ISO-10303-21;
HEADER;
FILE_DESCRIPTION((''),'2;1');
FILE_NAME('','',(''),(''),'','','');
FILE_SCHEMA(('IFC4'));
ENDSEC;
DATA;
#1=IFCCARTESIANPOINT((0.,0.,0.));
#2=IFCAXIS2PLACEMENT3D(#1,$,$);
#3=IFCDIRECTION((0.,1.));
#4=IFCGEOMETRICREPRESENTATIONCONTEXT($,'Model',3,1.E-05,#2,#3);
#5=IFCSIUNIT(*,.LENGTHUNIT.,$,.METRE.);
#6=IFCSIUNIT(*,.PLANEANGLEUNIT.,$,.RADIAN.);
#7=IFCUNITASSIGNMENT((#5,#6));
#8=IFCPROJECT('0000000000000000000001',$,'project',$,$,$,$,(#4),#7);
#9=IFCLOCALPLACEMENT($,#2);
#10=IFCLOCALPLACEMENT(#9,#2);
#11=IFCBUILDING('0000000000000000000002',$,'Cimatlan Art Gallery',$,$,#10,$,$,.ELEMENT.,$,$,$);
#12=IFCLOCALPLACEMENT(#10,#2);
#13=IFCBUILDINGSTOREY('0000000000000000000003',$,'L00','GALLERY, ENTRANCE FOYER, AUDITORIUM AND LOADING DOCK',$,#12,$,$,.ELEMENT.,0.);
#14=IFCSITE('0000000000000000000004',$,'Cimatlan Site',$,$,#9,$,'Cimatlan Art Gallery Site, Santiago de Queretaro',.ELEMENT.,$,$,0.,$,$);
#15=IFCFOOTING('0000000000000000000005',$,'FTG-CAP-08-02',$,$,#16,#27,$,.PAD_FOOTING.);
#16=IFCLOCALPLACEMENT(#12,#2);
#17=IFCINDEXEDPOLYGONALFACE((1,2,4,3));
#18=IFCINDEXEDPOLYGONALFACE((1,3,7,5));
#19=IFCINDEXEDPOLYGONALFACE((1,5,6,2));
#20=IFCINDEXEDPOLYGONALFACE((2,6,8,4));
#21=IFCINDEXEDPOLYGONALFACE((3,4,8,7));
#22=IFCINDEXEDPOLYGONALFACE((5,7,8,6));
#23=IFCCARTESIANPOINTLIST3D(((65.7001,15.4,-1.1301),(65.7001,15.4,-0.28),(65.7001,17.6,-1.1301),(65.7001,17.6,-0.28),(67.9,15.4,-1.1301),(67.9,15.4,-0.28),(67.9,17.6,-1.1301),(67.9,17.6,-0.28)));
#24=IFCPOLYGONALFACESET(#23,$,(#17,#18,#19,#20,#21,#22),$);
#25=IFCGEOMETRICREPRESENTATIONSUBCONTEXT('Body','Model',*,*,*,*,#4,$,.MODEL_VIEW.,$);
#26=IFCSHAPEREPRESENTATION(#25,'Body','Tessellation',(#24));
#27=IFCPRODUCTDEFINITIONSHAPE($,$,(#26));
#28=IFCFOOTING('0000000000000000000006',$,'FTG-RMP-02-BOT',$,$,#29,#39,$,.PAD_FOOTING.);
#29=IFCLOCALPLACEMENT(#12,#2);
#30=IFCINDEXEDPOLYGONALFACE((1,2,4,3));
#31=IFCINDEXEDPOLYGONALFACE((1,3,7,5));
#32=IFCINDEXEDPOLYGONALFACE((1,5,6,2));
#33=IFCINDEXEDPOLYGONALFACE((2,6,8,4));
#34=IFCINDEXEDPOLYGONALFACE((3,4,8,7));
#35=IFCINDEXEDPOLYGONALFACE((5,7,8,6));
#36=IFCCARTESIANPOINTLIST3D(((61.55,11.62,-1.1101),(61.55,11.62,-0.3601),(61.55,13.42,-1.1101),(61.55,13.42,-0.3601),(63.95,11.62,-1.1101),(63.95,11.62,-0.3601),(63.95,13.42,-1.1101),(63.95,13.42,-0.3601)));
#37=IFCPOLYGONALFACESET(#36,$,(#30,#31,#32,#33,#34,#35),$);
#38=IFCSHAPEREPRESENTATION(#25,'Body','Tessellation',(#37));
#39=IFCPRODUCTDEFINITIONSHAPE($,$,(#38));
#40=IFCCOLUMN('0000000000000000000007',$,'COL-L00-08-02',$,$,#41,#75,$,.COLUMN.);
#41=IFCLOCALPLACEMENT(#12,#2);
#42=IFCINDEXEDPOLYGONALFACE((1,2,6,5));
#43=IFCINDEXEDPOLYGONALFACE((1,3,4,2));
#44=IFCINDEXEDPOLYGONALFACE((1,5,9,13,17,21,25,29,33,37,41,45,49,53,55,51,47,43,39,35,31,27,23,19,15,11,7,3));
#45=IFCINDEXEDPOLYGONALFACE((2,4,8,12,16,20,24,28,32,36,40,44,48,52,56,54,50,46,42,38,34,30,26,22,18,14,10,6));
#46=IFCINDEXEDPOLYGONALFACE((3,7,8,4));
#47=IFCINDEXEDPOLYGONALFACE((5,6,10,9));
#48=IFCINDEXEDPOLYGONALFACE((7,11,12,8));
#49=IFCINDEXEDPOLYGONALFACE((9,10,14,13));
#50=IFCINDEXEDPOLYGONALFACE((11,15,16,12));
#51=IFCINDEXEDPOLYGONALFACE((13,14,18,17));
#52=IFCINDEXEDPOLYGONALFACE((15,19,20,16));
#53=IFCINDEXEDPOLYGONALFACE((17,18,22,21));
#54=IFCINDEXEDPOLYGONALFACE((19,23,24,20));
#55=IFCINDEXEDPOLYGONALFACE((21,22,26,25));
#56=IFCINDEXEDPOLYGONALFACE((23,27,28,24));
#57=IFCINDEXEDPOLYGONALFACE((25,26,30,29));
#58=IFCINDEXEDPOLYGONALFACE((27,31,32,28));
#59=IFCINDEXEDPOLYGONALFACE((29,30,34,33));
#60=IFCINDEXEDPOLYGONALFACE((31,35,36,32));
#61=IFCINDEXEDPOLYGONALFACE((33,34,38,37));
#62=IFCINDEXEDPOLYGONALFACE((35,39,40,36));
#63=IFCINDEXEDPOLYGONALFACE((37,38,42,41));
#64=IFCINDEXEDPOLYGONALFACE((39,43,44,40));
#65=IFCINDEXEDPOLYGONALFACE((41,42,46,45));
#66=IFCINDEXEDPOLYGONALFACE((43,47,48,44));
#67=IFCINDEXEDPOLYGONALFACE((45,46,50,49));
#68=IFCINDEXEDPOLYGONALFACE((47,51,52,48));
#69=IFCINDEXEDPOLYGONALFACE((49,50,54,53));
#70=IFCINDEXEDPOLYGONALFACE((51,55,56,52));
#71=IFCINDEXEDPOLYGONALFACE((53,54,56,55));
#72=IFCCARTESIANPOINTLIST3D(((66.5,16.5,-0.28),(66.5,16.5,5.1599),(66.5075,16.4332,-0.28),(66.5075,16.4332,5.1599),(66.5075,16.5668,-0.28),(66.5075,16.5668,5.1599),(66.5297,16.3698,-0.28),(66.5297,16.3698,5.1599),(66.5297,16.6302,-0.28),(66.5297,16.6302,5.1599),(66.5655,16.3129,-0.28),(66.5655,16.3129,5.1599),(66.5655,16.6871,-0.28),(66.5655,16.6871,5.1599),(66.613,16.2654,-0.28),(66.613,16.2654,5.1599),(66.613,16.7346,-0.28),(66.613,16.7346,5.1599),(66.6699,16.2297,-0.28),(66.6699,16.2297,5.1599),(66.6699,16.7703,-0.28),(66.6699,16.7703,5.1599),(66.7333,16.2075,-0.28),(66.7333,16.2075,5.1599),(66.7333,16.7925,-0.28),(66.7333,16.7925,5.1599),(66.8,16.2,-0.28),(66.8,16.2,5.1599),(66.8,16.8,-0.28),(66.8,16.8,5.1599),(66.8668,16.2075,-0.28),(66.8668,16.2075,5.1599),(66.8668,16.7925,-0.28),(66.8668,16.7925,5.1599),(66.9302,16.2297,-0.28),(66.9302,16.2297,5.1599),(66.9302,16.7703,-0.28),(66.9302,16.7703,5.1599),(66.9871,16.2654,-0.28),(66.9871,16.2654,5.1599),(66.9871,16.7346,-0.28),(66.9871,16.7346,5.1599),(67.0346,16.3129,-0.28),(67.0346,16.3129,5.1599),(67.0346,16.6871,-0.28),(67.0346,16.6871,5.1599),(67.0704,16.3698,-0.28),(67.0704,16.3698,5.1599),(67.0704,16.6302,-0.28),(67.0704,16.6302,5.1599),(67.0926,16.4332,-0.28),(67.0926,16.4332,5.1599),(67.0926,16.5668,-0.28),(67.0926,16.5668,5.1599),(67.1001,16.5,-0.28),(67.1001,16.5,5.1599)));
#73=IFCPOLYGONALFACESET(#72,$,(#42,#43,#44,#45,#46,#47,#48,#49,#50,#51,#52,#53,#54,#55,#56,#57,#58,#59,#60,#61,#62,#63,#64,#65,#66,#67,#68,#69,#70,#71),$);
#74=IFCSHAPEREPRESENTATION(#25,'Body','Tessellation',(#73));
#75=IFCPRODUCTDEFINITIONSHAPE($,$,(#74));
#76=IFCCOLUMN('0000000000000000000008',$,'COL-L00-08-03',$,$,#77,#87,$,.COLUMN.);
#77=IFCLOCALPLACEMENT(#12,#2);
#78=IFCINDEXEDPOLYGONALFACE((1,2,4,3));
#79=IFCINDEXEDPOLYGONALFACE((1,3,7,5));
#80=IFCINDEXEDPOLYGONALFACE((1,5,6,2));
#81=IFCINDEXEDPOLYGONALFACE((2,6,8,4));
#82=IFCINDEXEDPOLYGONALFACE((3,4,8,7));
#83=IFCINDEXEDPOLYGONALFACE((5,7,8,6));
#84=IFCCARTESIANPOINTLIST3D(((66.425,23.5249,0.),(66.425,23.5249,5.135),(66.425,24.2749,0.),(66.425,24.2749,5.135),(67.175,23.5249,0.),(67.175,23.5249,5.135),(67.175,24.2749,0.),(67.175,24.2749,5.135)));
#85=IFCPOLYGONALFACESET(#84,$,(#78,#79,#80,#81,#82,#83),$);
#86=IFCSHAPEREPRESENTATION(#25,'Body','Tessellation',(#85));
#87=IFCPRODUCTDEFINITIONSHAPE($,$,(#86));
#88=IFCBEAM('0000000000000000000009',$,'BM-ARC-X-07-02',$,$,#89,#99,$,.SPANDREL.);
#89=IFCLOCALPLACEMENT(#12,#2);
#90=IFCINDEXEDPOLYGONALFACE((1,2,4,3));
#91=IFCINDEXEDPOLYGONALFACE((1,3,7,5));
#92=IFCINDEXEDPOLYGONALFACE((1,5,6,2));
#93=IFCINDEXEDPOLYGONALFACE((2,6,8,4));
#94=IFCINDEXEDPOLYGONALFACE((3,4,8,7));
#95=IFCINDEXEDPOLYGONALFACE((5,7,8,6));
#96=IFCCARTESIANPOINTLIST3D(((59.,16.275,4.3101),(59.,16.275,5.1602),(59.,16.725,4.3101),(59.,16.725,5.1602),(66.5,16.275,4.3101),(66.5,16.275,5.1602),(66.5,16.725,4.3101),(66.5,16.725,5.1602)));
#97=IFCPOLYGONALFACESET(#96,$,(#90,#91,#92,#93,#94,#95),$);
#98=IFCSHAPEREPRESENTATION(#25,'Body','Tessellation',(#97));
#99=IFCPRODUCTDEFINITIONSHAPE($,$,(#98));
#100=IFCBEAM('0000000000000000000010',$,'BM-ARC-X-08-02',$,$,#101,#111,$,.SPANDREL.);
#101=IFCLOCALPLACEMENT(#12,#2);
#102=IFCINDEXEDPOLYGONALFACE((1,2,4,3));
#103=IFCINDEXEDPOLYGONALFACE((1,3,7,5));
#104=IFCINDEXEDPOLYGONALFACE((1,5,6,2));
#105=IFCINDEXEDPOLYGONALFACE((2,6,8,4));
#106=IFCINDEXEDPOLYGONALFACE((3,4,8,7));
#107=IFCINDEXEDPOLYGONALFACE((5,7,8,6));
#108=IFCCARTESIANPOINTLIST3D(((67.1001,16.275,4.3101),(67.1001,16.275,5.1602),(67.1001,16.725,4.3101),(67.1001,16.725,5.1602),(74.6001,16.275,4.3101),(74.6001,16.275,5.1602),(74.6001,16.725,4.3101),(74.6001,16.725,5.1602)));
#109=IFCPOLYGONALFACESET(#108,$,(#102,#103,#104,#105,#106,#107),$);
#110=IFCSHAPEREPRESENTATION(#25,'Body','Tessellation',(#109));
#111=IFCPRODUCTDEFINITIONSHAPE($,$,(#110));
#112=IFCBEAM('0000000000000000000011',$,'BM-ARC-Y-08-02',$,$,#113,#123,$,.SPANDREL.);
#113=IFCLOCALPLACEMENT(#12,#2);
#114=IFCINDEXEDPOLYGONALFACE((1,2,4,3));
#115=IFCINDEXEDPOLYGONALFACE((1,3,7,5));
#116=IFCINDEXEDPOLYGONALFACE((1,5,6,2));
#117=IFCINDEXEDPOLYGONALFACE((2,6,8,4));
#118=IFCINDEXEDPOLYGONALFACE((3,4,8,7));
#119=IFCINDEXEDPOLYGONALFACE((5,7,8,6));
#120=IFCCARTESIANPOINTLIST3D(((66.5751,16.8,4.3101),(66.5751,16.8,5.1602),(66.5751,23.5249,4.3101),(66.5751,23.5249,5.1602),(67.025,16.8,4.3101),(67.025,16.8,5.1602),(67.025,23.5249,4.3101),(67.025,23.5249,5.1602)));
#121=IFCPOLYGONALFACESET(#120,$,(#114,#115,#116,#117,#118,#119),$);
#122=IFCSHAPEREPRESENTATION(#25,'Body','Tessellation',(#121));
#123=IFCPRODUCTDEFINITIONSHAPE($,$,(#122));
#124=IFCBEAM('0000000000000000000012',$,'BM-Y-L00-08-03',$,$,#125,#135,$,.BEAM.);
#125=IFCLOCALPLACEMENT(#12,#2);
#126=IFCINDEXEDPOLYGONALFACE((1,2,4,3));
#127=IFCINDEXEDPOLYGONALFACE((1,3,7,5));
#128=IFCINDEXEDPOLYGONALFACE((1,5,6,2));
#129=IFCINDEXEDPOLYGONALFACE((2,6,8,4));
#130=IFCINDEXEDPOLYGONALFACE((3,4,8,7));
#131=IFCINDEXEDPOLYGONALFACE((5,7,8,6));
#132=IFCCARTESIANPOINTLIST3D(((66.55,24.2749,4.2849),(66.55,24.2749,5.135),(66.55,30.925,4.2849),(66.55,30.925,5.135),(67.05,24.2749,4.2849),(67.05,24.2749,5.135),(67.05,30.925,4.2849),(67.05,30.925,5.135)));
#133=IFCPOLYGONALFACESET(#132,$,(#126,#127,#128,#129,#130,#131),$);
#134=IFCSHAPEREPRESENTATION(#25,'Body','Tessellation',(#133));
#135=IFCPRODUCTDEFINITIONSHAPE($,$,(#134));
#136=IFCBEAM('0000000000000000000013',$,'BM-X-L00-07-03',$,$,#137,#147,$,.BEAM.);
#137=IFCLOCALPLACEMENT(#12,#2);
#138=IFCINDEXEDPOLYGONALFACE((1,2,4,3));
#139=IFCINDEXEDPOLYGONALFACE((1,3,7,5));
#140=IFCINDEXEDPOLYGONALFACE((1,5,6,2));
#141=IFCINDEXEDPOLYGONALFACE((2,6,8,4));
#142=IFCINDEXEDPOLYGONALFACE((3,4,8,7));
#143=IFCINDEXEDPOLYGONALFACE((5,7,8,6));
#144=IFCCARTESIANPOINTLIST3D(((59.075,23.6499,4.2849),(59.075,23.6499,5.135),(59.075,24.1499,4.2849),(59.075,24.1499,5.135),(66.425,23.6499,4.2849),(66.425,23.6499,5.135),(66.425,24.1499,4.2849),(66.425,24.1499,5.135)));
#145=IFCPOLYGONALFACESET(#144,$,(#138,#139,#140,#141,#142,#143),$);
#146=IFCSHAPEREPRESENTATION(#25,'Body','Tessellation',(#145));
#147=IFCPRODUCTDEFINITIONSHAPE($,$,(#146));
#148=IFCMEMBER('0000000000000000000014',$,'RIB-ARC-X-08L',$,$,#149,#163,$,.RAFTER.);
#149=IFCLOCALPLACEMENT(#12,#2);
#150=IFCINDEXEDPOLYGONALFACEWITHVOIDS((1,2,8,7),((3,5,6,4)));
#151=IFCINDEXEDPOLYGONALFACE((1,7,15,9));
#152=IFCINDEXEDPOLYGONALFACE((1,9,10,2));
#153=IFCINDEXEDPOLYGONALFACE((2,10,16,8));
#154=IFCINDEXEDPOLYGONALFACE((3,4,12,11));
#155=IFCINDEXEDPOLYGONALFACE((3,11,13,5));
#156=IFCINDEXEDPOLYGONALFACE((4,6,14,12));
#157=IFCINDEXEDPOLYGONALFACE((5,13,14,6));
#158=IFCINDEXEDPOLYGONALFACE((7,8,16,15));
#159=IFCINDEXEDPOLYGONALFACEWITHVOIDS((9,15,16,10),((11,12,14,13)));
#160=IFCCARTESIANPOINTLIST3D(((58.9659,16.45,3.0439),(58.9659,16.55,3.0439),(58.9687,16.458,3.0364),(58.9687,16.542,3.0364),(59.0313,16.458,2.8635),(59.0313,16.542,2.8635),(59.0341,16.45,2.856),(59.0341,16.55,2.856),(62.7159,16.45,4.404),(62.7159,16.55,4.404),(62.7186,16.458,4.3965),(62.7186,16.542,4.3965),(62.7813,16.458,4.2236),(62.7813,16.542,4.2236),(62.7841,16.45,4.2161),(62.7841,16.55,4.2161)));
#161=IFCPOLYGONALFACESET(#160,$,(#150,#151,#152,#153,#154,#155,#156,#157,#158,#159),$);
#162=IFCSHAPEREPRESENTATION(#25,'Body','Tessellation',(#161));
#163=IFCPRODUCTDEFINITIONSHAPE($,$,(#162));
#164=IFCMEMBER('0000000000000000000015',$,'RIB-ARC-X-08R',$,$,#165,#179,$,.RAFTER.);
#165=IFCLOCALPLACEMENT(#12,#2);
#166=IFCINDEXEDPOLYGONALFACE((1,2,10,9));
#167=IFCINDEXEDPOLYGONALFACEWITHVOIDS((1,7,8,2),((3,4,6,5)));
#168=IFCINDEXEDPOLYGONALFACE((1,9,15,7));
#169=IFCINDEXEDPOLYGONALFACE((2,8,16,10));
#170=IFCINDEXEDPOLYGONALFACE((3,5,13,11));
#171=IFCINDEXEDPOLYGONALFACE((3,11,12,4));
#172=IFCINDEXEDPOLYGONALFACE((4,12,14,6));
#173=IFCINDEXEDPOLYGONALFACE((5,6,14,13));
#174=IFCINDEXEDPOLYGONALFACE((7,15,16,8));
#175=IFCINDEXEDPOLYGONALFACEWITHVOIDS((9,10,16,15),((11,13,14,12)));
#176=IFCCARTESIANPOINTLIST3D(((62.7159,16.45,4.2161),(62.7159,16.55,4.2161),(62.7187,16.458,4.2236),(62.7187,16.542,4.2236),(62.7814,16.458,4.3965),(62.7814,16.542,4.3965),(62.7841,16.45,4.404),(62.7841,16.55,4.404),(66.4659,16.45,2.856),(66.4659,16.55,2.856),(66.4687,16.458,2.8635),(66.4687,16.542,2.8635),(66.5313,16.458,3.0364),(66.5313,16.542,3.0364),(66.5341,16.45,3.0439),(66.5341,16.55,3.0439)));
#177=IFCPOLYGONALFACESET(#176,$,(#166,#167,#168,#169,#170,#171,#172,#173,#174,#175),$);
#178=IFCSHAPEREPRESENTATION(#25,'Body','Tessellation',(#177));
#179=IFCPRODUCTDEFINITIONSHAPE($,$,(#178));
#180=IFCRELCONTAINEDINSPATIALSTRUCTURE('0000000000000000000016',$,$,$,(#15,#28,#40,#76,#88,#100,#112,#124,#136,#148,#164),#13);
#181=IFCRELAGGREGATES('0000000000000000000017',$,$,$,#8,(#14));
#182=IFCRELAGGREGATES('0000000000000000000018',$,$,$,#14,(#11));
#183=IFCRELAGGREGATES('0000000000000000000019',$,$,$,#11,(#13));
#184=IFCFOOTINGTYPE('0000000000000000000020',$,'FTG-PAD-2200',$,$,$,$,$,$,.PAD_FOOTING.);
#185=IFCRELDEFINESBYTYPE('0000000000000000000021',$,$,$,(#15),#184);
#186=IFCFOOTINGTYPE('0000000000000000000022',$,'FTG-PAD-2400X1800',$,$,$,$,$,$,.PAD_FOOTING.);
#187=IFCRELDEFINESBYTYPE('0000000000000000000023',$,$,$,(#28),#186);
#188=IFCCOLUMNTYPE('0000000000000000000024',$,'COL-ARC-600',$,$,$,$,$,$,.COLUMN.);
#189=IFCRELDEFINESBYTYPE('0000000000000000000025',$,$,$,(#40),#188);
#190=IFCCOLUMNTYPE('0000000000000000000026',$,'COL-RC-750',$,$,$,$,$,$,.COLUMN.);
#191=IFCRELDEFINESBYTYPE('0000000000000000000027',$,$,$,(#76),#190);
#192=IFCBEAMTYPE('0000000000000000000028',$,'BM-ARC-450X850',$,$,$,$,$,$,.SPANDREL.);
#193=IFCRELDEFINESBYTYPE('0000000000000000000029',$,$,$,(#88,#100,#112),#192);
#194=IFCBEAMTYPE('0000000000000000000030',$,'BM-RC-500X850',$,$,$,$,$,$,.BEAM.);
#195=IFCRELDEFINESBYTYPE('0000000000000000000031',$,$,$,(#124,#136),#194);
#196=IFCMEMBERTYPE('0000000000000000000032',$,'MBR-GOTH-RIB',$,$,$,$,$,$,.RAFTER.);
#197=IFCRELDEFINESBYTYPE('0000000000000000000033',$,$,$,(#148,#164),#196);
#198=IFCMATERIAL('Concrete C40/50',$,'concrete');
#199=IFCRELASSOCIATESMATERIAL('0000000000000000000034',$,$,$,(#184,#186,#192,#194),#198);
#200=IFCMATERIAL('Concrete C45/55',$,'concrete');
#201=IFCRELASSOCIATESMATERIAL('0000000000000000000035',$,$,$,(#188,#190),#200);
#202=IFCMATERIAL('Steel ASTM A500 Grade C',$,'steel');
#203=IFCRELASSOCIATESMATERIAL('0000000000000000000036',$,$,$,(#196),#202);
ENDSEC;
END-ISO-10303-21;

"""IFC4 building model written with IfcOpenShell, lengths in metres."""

from ifc_helpers import new_model, si_unit, direction, frame, origin, origin_2d, place, context, subcontext, project, spatial, rectangle, hollow_rectangle, circle, extrude, material, material_profile, profile_set, type_object, element, save


model = new_model("IFC4")

# Units and contexts
model_context = context("Model", 3, precision=1e-05, world=origin(), true_north=direction((0.0, 1.0)))
body_context = subcontext(model_context, "Body", "Model", "MODEL_VIEW")
ifc_project = project(units=[si_unit("LENGTHUNIT", "METRE"), si_unit("PLANEANGLEUNIT", "RADIAN")], contexts=[model_context])

# Site, building, storey
site_placement = place(None, origin())
site = spatial("IfcSite", under=ifc_project, at=site_placement, Name="Cimatlan Site", LongName="Cimatlan Art Gallery Site, Santiago de Queretaro", CompositionType="ELEMENT", RefElevation=0.0)
building_placement = place(site_placement, origin())
building = spatial("IfcBuilding", under=site, at=building_placement, Name="Cimatlan Art Gallery", CompositionType="ELEMENT")
storey_placement = place(building_placement, origin())
storey = spatial("IfcBuildingStorey", under=building, at=storey_placement, Name="L00", Description="GALLERY, ENTRANCE FOYER, AUDITORIUM AND LOADING DOCK", CompositionType="ELEMENT", Elevation=0.0)

# Footings
ifc_material_1 = material(Name="Concrete C40/50", Category="concrete")
footing_type_1 = type_object("IfcFootingType", Name="FTG-PAD-2200", PredefinedType="PAD_FOOTING", material=ifc_material_1)
footing_1_placement = place(storey_placement, frame((66.8, 16.5, -1.1301), z_axis=(0.0, 0.0, 1.0), x_axis=(1.0, 0.0, 0.0)))
element("IfcFooting", 1, at=footing_1_placement, inside=storey, type_object=footing_type_1, Name="FTG-CAP-08-02", PredefinedType="PAD_FOOTING", context=body_context, shape_type="SweptSolid", body=[
    extrude(rectangle(XDim=2.2, YDim=2.2, at=origin_2d()), origin(), (0.0, 0.0, 1.0), 0.8501),
])
footing_type_2 = type_object("IfcFootingType", Name="FTG-PAD-2400X1800", PredefinedType="PAD_FOOTING", material=ifc_material_1)
footing_2_placement = place(storey_placement, frame((62.75, 12.52, -1.1101), z_axis=(0.0, 0.0, 1.0), x_axis=(1.0, 0.0, 0.0)))
element("IfcFooting", 2, at=footing_2_placement, inside=storey, type_object=footing_type_2, Name="FTG-RMP-02-BOT", PredefinedType="PAD_FOOTING", context=body_context, shape_type="SweptSolid", body=[
    extrude(rectangle(XDim=2.3999, YDim=1.8, at=origin_2d()), origin(), (0.0, 0.0, 1.0), 0.75),
])

# Columns
ifc_material_2 = material(Name="Concrete C45/55", Category="concrete")
ifc_material_profile_1 = material_profile(ifc_material_2, circle(Radius=0.3, at=origin_2d()), Name="RCD600")
ifc_profile_set_1 = profile_set([ifc_material_profile_1], Name="Concrete C45/55")
column_type_1 = type_object("IfcColumnType", Name="COL-ARC-600", PredefinedType="COLUMN", material=ifc_profile_set_1)
column_1_placement = place(storey_placement, frame((66.8, 16.5, -0.28), z_axis=(0.0, 0.0, 1.0), x_axis=(1.0, 0.0, 0.0)))
element("IfcColumn", 3, at=column_1_placement, inside=storey, type_object=column_type_1, Name="COL-L00-08-02", PredefinedType="COLUMN", context=body_context, shape_type="SweptSolid", body=[
    extrude(circle(Radius=0.3, at=origin_2d()), origin(), (0.0, 0.0, 1.0), 5.4399),
])
ifc_material_profile_2 = material_profile(ifc_material_2, rectangle(XDim=0.75, YDim=0.75, at=origin_2d()), Name="RC750X750")
ifc_profile_set_2 = profile_set([ifc_material_profile_2], Name="Concrete C45/55")
column_type_2 = type_object("IfcColumnType", Name="COL-RC-750", PredefinedType="COLUMN", material=ifc_profile_set_2)
column_2_placement = place(storey_placement, frame((66.8, 23.8999, 0.0), z_axis=(0.0, 0.0, 1.0), x_axis=(1.0, 0.0, 0.0)))
element("IfcColumn", 4, at=column_2_placement, inside=storey, type_object=column_type_2, Name="COL-L00-08-03", PredefinedType="COLUMN", context=body_context, shape_type="SweptSolid", body=[
    extrude(rectangle(XDim=0.75, YDim=0.75, at=origin_2d()), origin(), (0.0, 0.0, 1.0), 5.135),
])

# Beams
ifc_material_profile_3 = material_profile(ifc_material_1, rectangle(XDim=0.45, YDim=0.8501, at=origin_2d()), Name="RC450X850")
ifc_profile_set_3 = profile_set([ifc_material_profile_3], Name="Concrete C40/50")
beam_type_1 = type_object("IfcBeamType", Name="BM-ARC-450X850", PredefinedType="SPANDREL", material=ifc_profile_set_3)
for number, where, z_axis, x_axis, name in (
    (5, (59.0, 16.5, 4.7351), (1.0, 0.0, 0.0), (0.0, 1.0, 0.0), "BM-ARC-X-07-02"),
    (6, (67.1001, 16.5, 4.7351), (1.0, 0.0, 0.0), (0.0, 1.0, 0.0), "BM-ARC-X-08-02"),
):
    element("IfcBeam", number, at=place(storey_placement, frame(where, z_axis=z_axis, x_axis=x_axis)), inside=storey, type_object=beam_type_1, Name=name, PredefinedType="SPANDREL", context=body_context, shape_type="SweptSolid", body=[
        extrude(rectangle(XDim=0.45, YDim=0.8501, at=origin_2d()), origin(), (0.0, 0.0, 1.0), 7.5),
    ])
beam_1_placement = place(storey_placement, frame((66.8, 16.8, 4.7351), z_axis=(0.0, 1.0, 0.0), x_axis=(-1.0, 0.0, 0.0)))
element("IfcBeam", 7, at=beam_1_placement, inside=storey, type_object=beam_type_1, Name="BM-ARC-Y-08-02", PredefinedType="SPANDREL", context=body_context, shape_type="SweptSolid", body=[
    extrude(rectangle(XDim=0.45, YDim=0.8501, at=origin_2d()), origin(), (0.0, 0.0, 1.0), 6.7249),
])
ifc_material_profile_4 = material_profile(ifc_material_1, rectangle(XDim=0.5, YDim=0.8501, at=origin_2d()), Name="RC500X850")
ifc_profile_set_4 = profile_set([ifc_material_profile_4], Name="Concrete C40/50")
beam_type_2 = type_object("IfcBeamType", Name="BM-RC-500X850", PredefinedType="BEAM", material=ifc_profile_set_4)
beam_2_placement = place(storey_placement, frame((66.8, 24.2749, 4.71), z_axis=(0.0, 1.0, 0.0), x_axis=(-1.0, 0.0, 0.0)))
element("IfcBeam", 8, at=beam_2_placement, inside=storey, type_object=beam_type_2, Name="BM-Y-L00-08-03", PredefinedType="BEAM", context=body_context, shape_type="SweptSolid", body=[
    extrude(rectangle(XDim=0.5, YDim=0.8501, at=origin_2d()), origin(), (0.0, 0.0, 1.0), 6.6501),
])
beam_3_placement = place(storey_placement, frame((59.075, 23.8999, 4.71), z_axis=(1.0, 0.0, 0.0), x_axis=(0.0, 1.0, 0.0)))
element("IfcBeam", 9, at=beam_3_placement, inside=storey, type_object=beam_type_2, Name="BM-X-L00-07-03", PredefinedType="BEAM", context=body_context, shape_type="SweptSolid", body=[
    extrude(rectangle(XDim=0.5, YDim=0.8501, at=origin_2d()), origin(), (0.0, 0.0, 1.0), 7.3501),
])

# Members
ifc_material_3 = material(Name="Steel ASTM A500 Grade C", Category="steel")
ifc_material_profile_5 = material_profile(ifc_material_3, hollow_rectangle(XDim=0.1001, YDim=0.2, WallThickness=0.0081, at=origin_2d()), Name="HSS200X100X8")
ifc_profile_set_5 = profile_set([ifc_material_profile_5], Name="Steel ASTM A500 Grade C")
member_type = type_object("IfcMemberType", Name="MBR-GOTH-RIB", PredefinedType="RAFTER", material=ifc_profile_set_5)
for number, where, z_axis, x_axis, name in (
    (10, (59.0, 16.5, 2.95), (0.940077, 0.0, 0.340962), (0.0, 1.0, 0.0), "RIB-ARC-X-08L"),
    (11, (66.5, 16.5, 2.95), (-0.940077, 0.0, 0.340962), (0.0, -1.0, 0.0), "RIB-ARC-X-08R"),
):
    element("IfcMember", number, at=place(storey_placement, frame(where, z_axis=z_axis, x_axis=x_axis)), inside=storey, type_object=member_type, Name=name, PredefinedType="RAFTER", context=body_context, shape_type="SweptSolid", body=[
        extrude(hollow_rectangle(XDim=0.1001, YDim=0.2, WallThickness=0.0081, at=origin_2d()), origin(), (0.0, 0.0, 1.0), 3.989),
    ])

save(model, "model.ifc")
